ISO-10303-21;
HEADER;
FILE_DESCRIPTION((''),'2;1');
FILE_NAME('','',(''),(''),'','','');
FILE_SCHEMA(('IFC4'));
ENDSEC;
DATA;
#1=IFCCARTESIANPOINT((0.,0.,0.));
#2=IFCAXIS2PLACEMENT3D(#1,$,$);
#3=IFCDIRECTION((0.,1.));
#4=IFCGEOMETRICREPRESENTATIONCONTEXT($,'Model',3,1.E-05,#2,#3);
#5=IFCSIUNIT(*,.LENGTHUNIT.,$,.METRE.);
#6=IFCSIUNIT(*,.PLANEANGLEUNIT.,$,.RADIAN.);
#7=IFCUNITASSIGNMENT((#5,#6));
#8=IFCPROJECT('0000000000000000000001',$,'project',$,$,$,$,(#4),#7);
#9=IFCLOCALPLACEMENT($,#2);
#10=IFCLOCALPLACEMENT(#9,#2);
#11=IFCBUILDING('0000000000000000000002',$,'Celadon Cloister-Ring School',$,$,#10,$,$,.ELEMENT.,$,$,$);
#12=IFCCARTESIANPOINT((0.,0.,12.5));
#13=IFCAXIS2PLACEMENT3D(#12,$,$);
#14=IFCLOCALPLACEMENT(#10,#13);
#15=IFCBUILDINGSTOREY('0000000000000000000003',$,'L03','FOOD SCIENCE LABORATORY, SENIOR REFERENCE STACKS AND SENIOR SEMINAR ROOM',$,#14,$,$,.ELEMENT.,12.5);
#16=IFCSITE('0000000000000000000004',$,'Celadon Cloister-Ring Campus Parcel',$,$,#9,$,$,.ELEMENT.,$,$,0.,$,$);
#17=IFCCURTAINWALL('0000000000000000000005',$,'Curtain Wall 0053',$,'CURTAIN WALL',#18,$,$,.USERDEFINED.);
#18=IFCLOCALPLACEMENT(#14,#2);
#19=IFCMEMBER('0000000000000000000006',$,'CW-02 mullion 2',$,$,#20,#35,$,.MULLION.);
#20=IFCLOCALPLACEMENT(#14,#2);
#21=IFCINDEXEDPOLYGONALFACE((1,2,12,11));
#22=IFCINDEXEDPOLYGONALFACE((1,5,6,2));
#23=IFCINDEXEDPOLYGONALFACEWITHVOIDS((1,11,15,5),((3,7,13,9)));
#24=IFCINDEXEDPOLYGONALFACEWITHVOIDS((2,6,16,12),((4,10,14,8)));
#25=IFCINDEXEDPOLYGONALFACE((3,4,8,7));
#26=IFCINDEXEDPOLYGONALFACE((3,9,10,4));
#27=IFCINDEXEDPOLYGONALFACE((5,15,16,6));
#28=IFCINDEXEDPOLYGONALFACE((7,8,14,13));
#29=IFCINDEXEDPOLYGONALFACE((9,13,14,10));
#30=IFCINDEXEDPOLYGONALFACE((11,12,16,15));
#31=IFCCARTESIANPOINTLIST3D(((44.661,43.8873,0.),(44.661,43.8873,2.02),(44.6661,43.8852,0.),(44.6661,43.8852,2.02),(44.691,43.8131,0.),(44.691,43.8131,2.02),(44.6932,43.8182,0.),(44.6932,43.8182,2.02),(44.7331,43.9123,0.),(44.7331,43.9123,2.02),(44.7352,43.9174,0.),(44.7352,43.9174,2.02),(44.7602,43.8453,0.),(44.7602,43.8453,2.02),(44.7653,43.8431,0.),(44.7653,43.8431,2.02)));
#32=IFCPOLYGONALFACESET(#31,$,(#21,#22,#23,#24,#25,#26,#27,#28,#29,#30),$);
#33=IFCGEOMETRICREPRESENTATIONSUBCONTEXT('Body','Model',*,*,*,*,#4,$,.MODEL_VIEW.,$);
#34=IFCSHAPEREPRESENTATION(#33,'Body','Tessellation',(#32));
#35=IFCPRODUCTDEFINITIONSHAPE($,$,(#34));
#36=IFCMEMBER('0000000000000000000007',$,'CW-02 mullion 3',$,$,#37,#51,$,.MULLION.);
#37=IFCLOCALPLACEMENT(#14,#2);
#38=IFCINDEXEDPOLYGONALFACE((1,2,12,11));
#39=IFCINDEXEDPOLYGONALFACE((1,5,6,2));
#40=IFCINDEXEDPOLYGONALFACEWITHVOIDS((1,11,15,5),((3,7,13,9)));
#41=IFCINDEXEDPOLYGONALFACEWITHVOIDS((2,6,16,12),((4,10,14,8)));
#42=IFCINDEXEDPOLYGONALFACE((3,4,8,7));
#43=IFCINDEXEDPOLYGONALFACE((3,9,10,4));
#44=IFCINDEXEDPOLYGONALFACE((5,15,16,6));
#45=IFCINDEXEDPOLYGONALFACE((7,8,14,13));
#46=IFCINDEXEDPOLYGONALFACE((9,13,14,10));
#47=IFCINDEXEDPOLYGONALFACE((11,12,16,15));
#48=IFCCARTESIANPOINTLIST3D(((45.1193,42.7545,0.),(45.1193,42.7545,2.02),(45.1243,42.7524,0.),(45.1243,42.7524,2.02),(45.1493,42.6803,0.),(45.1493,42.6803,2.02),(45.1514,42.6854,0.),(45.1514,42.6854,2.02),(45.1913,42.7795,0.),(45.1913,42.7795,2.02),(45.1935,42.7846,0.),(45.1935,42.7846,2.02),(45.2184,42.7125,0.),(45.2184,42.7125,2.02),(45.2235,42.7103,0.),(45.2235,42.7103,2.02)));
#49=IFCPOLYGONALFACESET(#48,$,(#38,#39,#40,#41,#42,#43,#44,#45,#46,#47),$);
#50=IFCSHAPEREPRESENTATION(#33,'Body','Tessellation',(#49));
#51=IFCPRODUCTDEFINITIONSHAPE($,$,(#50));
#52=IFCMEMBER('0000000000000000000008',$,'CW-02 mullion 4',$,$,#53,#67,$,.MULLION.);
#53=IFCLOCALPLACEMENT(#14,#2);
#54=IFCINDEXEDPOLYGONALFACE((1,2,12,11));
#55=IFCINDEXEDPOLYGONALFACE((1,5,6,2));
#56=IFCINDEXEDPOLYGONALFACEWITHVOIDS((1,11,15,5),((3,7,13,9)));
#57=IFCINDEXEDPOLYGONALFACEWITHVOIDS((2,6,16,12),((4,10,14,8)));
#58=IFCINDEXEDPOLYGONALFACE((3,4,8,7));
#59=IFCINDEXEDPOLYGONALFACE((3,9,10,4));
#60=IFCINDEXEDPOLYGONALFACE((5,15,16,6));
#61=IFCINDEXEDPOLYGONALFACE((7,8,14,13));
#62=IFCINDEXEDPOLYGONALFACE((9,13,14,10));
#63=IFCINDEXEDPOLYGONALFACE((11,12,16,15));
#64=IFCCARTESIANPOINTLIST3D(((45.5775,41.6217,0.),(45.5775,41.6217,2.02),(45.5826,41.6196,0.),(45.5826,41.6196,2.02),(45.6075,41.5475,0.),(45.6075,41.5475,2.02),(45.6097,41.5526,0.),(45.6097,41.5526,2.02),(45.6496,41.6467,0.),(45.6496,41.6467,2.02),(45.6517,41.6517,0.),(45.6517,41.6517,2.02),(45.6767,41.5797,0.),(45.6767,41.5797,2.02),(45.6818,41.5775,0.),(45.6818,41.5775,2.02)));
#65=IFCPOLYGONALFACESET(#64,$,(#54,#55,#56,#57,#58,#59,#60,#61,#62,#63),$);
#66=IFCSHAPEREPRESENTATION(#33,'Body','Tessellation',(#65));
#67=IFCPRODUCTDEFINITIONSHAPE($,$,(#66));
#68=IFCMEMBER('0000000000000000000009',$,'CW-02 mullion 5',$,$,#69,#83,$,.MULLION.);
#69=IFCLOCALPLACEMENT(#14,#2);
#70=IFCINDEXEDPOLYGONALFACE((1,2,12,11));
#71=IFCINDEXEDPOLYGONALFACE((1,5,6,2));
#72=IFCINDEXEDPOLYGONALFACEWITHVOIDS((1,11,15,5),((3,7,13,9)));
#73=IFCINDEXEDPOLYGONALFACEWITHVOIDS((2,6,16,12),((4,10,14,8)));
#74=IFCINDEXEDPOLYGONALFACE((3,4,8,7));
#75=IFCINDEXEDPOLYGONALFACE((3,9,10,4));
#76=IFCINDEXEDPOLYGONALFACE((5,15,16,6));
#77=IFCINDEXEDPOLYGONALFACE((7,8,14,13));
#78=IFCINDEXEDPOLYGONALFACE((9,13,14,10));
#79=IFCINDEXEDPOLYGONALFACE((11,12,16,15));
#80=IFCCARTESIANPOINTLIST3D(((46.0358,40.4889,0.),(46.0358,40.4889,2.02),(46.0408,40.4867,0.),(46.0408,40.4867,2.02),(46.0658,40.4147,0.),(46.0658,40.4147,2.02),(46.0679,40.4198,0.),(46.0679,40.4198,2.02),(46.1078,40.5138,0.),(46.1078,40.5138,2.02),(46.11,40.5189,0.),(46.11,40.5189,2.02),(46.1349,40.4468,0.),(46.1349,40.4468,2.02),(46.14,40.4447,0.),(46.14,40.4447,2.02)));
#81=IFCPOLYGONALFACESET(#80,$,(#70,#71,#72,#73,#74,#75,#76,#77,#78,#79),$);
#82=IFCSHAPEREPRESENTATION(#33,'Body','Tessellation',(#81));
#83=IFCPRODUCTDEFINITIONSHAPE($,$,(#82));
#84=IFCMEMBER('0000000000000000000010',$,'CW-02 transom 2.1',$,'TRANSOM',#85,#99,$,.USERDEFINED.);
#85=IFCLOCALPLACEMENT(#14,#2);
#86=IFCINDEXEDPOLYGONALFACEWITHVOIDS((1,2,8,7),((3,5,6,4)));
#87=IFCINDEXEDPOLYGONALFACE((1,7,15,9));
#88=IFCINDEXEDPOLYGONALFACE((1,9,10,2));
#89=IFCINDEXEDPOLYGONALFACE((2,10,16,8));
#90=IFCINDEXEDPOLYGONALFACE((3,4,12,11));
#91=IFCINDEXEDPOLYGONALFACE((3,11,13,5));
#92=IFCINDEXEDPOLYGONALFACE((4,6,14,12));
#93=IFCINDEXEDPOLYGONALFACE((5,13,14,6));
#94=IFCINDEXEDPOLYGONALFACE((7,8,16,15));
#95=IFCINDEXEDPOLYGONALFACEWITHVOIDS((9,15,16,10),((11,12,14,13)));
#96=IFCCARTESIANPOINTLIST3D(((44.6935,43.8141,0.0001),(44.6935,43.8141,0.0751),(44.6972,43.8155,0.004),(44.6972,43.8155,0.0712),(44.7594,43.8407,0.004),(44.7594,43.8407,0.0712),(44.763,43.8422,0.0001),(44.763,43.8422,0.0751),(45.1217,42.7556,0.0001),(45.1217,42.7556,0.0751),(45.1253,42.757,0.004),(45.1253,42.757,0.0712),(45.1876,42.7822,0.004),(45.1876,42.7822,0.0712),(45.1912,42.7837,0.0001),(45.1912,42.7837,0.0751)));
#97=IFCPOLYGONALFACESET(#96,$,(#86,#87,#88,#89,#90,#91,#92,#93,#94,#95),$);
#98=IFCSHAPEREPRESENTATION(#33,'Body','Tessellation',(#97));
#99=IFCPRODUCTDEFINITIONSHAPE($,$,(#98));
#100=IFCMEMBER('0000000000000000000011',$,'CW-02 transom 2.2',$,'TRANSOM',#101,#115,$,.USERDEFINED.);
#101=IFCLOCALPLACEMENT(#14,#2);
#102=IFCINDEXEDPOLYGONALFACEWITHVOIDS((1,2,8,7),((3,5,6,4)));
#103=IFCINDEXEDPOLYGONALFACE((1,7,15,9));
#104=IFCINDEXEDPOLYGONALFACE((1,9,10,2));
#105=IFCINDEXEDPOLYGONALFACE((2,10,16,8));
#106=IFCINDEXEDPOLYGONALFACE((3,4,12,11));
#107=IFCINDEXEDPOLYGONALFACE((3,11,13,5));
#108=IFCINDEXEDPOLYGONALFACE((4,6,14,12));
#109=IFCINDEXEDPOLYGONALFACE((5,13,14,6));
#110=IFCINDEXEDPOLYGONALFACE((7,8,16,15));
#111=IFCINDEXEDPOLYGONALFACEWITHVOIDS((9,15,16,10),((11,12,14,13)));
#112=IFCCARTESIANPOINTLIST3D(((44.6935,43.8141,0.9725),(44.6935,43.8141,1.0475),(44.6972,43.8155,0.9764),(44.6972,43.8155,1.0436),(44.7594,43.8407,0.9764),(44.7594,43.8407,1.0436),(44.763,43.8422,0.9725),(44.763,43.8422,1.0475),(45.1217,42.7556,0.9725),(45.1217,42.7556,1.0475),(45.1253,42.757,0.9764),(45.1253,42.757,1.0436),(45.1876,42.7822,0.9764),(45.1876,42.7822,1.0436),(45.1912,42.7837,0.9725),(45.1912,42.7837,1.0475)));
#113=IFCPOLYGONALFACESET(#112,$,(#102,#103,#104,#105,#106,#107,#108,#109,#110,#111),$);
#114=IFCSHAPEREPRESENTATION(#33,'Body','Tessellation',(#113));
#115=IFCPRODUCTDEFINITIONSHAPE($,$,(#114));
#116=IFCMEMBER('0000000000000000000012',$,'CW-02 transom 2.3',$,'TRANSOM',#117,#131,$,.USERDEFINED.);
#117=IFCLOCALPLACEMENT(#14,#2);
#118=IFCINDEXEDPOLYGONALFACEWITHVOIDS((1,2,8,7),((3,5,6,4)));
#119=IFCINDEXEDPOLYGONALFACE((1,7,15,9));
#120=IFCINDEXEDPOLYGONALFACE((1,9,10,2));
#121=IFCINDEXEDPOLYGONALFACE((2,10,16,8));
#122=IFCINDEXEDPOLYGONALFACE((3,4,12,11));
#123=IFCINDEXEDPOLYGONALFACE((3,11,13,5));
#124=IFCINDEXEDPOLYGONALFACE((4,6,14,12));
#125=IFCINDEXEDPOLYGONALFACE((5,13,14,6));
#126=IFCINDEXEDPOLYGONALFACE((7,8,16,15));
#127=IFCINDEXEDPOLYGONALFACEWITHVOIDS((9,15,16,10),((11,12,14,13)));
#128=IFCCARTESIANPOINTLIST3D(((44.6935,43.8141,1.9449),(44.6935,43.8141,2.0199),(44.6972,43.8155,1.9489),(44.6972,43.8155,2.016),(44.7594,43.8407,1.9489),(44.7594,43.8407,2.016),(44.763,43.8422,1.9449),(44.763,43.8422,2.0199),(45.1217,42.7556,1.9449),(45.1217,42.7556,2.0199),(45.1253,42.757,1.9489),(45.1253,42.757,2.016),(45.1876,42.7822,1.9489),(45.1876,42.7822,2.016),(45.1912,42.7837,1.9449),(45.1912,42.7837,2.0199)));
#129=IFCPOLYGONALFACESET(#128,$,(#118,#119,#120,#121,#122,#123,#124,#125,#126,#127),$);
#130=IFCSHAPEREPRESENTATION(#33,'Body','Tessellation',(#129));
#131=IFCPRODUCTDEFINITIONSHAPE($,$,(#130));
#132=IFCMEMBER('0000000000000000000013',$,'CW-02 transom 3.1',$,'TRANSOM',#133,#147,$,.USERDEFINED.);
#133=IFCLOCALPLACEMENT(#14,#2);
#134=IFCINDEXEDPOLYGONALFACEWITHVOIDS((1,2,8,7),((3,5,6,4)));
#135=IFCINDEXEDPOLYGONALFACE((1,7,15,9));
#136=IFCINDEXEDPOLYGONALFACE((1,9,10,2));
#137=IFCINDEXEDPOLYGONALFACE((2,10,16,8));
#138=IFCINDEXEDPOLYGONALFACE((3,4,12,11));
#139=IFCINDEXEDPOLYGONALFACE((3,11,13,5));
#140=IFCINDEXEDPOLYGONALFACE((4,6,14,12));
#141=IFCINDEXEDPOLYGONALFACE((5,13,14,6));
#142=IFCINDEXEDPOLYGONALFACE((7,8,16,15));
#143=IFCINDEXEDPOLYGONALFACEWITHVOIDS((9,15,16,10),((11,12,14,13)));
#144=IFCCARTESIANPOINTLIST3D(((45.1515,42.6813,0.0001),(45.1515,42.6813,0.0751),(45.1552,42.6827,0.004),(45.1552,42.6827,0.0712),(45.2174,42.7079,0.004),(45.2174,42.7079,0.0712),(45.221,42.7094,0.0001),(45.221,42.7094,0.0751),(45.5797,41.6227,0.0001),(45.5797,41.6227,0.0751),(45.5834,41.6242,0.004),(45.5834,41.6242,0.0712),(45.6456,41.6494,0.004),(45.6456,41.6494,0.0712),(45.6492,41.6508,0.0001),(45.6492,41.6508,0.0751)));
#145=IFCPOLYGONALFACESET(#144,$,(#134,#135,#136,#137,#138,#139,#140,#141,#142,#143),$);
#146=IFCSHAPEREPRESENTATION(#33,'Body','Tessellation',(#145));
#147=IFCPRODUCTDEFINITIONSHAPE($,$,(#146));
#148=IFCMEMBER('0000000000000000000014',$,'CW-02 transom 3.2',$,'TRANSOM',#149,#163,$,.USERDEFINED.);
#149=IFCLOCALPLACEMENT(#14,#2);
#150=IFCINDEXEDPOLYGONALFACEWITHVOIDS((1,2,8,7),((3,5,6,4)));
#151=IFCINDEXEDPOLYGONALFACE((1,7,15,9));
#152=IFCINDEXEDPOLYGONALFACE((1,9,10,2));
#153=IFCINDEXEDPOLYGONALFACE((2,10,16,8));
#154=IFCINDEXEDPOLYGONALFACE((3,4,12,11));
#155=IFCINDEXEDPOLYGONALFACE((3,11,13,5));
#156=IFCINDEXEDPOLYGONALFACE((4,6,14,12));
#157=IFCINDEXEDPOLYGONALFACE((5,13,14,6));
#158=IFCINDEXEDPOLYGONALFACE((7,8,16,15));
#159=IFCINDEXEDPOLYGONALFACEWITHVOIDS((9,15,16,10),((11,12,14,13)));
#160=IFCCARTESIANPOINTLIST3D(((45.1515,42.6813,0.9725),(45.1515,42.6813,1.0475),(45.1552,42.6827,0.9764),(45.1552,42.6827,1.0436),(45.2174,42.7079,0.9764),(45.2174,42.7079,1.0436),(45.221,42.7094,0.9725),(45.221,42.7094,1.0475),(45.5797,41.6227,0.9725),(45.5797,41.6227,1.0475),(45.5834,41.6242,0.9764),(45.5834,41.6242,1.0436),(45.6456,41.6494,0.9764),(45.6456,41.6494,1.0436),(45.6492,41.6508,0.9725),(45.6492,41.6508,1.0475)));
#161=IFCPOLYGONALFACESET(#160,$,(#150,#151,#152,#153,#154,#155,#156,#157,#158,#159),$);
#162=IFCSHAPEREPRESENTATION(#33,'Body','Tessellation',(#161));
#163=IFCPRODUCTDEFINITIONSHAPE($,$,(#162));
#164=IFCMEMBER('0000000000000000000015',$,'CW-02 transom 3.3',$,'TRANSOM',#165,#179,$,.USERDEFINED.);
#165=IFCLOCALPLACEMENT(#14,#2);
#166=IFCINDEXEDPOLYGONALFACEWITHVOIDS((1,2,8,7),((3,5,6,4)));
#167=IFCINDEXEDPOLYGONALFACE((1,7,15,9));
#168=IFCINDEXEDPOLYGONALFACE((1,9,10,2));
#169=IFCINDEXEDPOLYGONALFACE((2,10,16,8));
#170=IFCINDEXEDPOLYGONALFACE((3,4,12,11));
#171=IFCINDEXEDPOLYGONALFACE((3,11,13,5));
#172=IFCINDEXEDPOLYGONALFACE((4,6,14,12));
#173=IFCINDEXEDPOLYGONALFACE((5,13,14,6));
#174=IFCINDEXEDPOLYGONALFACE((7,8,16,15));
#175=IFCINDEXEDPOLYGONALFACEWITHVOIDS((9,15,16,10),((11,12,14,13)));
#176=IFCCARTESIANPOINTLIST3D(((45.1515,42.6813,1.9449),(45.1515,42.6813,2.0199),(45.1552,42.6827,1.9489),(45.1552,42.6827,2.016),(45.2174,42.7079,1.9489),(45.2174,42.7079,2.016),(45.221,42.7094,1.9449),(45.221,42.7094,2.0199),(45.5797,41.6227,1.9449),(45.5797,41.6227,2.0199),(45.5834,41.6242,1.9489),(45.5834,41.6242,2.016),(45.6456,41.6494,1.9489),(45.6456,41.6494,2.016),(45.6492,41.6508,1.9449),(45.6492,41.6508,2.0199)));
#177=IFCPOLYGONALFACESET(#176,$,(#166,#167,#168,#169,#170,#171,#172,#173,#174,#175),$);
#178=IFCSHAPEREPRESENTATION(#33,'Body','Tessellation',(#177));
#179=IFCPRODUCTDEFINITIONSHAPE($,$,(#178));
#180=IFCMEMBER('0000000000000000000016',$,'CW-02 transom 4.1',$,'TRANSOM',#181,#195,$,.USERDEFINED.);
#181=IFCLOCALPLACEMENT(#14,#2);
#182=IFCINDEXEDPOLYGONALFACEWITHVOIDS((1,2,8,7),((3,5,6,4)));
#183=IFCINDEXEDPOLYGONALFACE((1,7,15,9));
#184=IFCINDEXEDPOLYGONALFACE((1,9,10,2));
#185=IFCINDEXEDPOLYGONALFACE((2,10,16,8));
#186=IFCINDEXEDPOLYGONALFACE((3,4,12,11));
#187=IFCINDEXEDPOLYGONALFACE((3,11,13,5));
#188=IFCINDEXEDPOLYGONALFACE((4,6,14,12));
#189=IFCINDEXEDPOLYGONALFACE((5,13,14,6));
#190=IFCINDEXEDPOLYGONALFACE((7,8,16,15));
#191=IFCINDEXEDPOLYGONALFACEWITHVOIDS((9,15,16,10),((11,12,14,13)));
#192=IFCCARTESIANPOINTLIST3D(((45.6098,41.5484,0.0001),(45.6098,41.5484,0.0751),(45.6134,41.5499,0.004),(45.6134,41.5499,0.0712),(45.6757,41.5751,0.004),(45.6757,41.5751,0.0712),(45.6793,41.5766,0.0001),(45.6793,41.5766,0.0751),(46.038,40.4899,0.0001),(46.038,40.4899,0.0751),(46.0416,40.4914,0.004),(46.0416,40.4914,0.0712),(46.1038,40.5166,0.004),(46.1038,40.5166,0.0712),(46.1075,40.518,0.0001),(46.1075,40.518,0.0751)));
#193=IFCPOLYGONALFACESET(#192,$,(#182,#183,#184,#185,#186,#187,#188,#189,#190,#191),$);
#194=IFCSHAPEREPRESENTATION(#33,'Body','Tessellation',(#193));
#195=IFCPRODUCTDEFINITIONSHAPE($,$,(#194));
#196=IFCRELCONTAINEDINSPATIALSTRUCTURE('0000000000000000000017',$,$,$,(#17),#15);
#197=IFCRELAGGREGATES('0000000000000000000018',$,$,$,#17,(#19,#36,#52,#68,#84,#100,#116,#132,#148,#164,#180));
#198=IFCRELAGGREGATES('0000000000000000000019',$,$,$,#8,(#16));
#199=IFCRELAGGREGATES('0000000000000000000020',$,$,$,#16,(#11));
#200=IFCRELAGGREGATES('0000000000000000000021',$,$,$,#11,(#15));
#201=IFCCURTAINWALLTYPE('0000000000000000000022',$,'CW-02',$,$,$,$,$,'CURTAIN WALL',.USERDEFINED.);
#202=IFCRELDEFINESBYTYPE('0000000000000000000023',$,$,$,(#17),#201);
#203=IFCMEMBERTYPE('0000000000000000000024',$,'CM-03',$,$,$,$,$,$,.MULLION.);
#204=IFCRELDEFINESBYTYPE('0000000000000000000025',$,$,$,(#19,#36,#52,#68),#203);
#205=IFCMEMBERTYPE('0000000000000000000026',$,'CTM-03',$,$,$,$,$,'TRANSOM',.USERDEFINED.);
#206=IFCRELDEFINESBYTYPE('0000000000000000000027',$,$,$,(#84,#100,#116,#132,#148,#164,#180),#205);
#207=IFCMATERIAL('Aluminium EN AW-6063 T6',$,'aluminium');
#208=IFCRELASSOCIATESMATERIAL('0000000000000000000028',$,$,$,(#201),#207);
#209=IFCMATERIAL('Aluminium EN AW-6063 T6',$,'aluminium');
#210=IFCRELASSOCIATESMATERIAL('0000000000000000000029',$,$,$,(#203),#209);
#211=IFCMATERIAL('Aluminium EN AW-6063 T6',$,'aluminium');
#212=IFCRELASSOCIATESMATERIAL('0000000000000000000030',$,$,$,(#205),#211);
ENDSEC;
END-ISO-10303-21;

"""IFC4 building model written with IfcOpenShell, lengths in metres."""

from ifc_helpers import new_model, si_unit, direction, frame, origin, origin_2d, place, context, subcontext, project, spatial, hollow_rectangle, extrude, material, material_profile, profile_set, type_object, element, aggregate, save


model = new_model("IFC4")

# Units and contexts
model_context = context("Model", 3, precision=1e-05, world=origin(), true_north=direction((0.0, 1.0)))
body_context = subcontext(model_context, "Body", "Model", "MODEL_VIEW")
ifc_project = project(units=[si_unit("LENGTHUNIT", "METRE"), si_unit("PLANEANGLEUNIT", "RADIAN")], contexts=[model_context])

# Site, building, storey
site_placement = place(None, origin())
site = spatial("IfcSite", under=ifc_project, at=site_placement, Name="Celadon Cloister-Ring Campus Parcel", CompositionType="ELEMENT", RefElevation=0.0)
building_placement = place(site_placement, origin())
building = spatial("IfcBuilding", under=site, at=building_placement, Name="Celadon Cloister-Ring School", CompositionType="ELEMENT")
storey_placement = place(building_placement, frame((0.0, 0.0, 12.5)))
storey = spatial("IfcBuildingStorey", under=building, at=storey_placement, Name="L03", Description="FOOD SCIENCE LABORATORY, SENIOR REFERENCE STACKS AND SENIOR SEMINAR ROOM", CompositionType="ELEMENT", Elevation=12.5)

# Curtain wall, members
ifc_material_1 = material(Name="Aluminium EN AW-6063 T6", Category="aluminium")
curtain_wall_type = type_object("IfcCurtainWallType", Name="CW-02", ElementType="CURTAIN WALL", PredefinedType="USERDEFINED", material=ifc_material_1)
curtain_wall_placement = place(storey_placement, origin())
curtain_wall = element("IfcCurtainWall", 1, at=curtain_wall_placement, inside=storey, type_object=curtain_wall_type, Name="Curtain Wall 0053", ObjectType="CURTAIN WALL", PredefinedType="USERDEFINED")
ifc_material_2 = material(Name="Aluminium EN AW-6063 T6", Category="aluminium")
ifc_material_profile_1 = material_profile(ifc_material_2, hollow_rectangle(XDim=0.0801, YDim=0.0801, WallThickness=0.0039, at=origin_2d()), Name="RHS80X80X4")
ifc_profile_set_1 = profile_set([ifc_material_profile_1], Name="Aluminium EN AW-6063 T6")
member_type_1 = type_object("IfcMemberType", Name="CM-03", PredefinedType="MULLION", material=ifc_profile_set_1)
member_1_placement = place(storey_placement, frame((44.7131, 43.8652, 0.0), z_axis=(0.0, 0.0, 1.0), x_axis=(0.927036, 0.374972, 0.0)))
member_1 = element("IfcMember", 2, at=member_1_placement, type_object=member_type_1, Name="CW-02 mullion 2", PredefinedType="MULLION", context=body_context, shape_type="SweptSolid", body=[
    extrude(hollow_rectangle(XDim=0.0801, YDim=0.0801, WallThickness=0.0039, at=origin_2d()), origin(), (0.0, 0.0, 1.0), 2.02),
])
member_2_placement = place(storey_placement, frame((45.1714, 42.7324, 0.0), z_axis=(0.0, 0.0, 1.0), x_axis=(0.927036, 0.374972, 0.0)))
member_2 = element("IfcMember", 3, at=member_2_placement, type_object=member_type_1, Name="CW-02 mullion 3", PredefinedType="MULLION", context=body_context, shape_type="SweptSolid", body=[
    extrude(hollow_rectangle(XDim=0.0801, YDim=0.0801, WallThickness=0.0039, at=origin_2d()), origin(), (0.0, 0.0, 1.0), 2.02),
])
member_3_placement = place(storey_placement, frame((45.6296, 41.5996, 0.0), z_axis=(0.0, 0.0, 1.0), x_axis=(0.927036, 0.374972, 0.0)))
member_3 = element("IfcMember", 4, at=member_3_placement, type_object=member_type_1, Name="CW-02 mullion 4", PredefinedType="MULLION", context=body_context, shape_type="SweptSolid", body=[
    extrude(hollow_rectangle(XDim=0.0801, YDim=0.0801, WallThickness=0.0039, at=origin_2d()), origin(), (0.0, 0.0, 1.0), 2.02),
])
member_4_placement = place(storey_placement, frame((46.0879, 40.4668, 0.0), z_axis=(0.0, 0.0, 1.0), x_axis=(0.927036, 0.374972, 0.0)))
member_4 = element("IfcMember", 5, at=member_4_placement, type_object=member_type_1, Name="CW-02 mullion 5", PredefinedType="MULLION", context=body_context, shape_type="SweptSolid", body=[
    extrude(hollow_rectangle(XDim=0.0801, YDim=0.0801, WallThickness=0.0039, at=origin_2d()), origin(), (0.0, 0.0, 1.0), 2.02),
])
ifc_material_3 = material(Name="Aluminium EN AW-6063 T6", Category="aluminium")
ifc_material_profile_2 = material_profile(ifc_material_3, hollow_rectangle(XDim=0.075, YDim=0.075, WallThickness=0.0039, at=origin_2d()), Name="RHS75X75X4")
ifc_profile_set_2 = profile_set([ifc_material_profile_2], Name="Aluminium EN AW-6063 T6")
member_type_2 = type_object("IfcMemberType", Name="CTM-03", ElementType="TRANSOM", PredefinedType="USERDEFINED", material=ifc_profile_set_2)
member_5_placement = place(storey_placement, frame((44.7283, 43.8281, 0.0376), z_axis=(0.375, -0.927025, 0.0), x_axis=(0.927025, 0.375, 0.0)))
member_5 = element("IfcMember", 6, at=member_5_placement, type_object=member_type_2, Name="CW-02 transom 2.1", ObjectType="TRANSOM", PredefinedType="USERDEFINED", context=body_context, shape_type="SweptSolid", body=[
    extrude(hollow_rectangle(XDim=0.075, YDim=0.075, WallThickness=0.0039, at=origin_2d()), origin(), (0.0, 0.0, 1.0), 1.1418),
])
member_6_placement = place(storey_placement, frame((44.7283, 43.8281, 1.01), z_axis=(0.375, -0.927025, 0.0), x_axis=(0.927025, 0.375, 0.0)))
member_6 = element("IfcMember", 7, at=member_6_placement, type_object=member_type_2, Name="CW-02 transom 2.2", ObjectType="TRANSOM", PredefinedType="USERDEFINED", context=body_context, shape_type="SweptSolid", body=[
    extrude(hollow_rectangle(XDim=0.075, YDim=0.075, WallThickness=0.0039, at=origin_2d()), origin(), (0.0, 0.0, 1.0), 1.1418),
])
member_7_placement = place(storey_placement, frame((44.7283, 43.8281, 1.9824), z_axis=(0.375, -0.927025, 0.0), x_axis=(0.927025, 0.375, 0.0)))
member_7 = element("IfcMember", 8, at=member_7_placement, type_object=member_type_2, Name="CW-02 transom 2.3", ObjectType="TRANSOM", PredefinedType="USERDEFINED", context=body_context, shape_type="SweptSolid", body=[
    extrude(hollow_rectangle(XDim=0.075, YDim=0.075, WallThickness=0.0039, at=origin_2d()), origin(), (0.0, 0.0, 1.0), 1.1418),
])
member_8_placement = place(storey_placement, frame((45.1863, 42.6953, 0.0376), z_axis=(0.375, -0.927025, 0.0), x_axis=(0.927025, 0.375, 0.0)))
member_8 = element("IfcMember", 9, at=member_8_placement, type_object=member_type_2, Name="CW-02 transom 3.1", ObjectType="TRANSOM", PredefinedType="USERDEFINED", context=body_context, shape_type="SweptSolid", body=[
    extrude(hollow_rectangle(XDim=0.075, YDim=0.075, WallThickness=0.0039, at=origin_2d()), origin(), (0.0, 0.0, 1.0), 1.1418),
])
member_9_placement = place(storey_placement, frame((45.1863, 42.6953, 1.01), z_axis=(0.375, -0.927025, 0.0), x_axis=(0.927025, 0.375, 0.0)))
member_9 = element("IfcMember", 10, at=member_9_placement, type_object=member_type_2, Name="CW-02 transom 3.2", ObjectType="TRANSOM", PredefinedType="USERDEFINED", context=body_context, shape_type="SweptSolid", body=[
    extrude(hollow_rectangle(XDim=0.075, YDim=0.075, WallThickness=0.0039, at=origin_2d()), origin(), (0.0, 0.0, 1.0), 1.1418),
])
member_10_placement = place(storey_placement, frame((45.1863, 42.6953, 1.9824), z_axis=(0.375, -0.927025, 0.0), x_axis=(0.927025, 0.375, 0.0)))
member_10 = element("IfcMember", 11, at=member_10_placement, type_object=member_type_2, Name="CW-02 transom 3.3", ObjectType="TRANSOM", PredefinedType="USERDEFINED", context=body_context, shape_type="SweptSolid", body=[
    extrude(hollow_rectangle(XDim=0.075, YDim=0.075, WallThickness=0.0039, at=origin_2d()), origin(), (0.0, 0.0, 1.0), 1.1418),
])
member_11_placement = place(storey_placement, frame((45.6445, 41.5625, 0.0376), z_axis=(0.375, -0.927025, 0.0), x_axis=(0.927025, 0.375, 0.0)))
member_11 = element("IfcMember", 12, at=member_11_placement, type_object=member_type_2, Name="CW-02 transom 4.1", ObjectType="TRANSOM", PredefinedType="USERDEFINED", context=body_context, shape_type="SweptSolid", body=[
    extrude(hollow_rectangle(XDim=0.075, YDim=0.075, WallThickness=0.0039, at=origin_2d()), origin(), (0.0, 0.0, 1.0), 1.1418),
])
aggregate(curtain_wall, [member_1, member_2, member_3, member_4, member_5, member_6, member_7, member_8, member_9, member_10, member_11])

save(model, "model.ifc")
